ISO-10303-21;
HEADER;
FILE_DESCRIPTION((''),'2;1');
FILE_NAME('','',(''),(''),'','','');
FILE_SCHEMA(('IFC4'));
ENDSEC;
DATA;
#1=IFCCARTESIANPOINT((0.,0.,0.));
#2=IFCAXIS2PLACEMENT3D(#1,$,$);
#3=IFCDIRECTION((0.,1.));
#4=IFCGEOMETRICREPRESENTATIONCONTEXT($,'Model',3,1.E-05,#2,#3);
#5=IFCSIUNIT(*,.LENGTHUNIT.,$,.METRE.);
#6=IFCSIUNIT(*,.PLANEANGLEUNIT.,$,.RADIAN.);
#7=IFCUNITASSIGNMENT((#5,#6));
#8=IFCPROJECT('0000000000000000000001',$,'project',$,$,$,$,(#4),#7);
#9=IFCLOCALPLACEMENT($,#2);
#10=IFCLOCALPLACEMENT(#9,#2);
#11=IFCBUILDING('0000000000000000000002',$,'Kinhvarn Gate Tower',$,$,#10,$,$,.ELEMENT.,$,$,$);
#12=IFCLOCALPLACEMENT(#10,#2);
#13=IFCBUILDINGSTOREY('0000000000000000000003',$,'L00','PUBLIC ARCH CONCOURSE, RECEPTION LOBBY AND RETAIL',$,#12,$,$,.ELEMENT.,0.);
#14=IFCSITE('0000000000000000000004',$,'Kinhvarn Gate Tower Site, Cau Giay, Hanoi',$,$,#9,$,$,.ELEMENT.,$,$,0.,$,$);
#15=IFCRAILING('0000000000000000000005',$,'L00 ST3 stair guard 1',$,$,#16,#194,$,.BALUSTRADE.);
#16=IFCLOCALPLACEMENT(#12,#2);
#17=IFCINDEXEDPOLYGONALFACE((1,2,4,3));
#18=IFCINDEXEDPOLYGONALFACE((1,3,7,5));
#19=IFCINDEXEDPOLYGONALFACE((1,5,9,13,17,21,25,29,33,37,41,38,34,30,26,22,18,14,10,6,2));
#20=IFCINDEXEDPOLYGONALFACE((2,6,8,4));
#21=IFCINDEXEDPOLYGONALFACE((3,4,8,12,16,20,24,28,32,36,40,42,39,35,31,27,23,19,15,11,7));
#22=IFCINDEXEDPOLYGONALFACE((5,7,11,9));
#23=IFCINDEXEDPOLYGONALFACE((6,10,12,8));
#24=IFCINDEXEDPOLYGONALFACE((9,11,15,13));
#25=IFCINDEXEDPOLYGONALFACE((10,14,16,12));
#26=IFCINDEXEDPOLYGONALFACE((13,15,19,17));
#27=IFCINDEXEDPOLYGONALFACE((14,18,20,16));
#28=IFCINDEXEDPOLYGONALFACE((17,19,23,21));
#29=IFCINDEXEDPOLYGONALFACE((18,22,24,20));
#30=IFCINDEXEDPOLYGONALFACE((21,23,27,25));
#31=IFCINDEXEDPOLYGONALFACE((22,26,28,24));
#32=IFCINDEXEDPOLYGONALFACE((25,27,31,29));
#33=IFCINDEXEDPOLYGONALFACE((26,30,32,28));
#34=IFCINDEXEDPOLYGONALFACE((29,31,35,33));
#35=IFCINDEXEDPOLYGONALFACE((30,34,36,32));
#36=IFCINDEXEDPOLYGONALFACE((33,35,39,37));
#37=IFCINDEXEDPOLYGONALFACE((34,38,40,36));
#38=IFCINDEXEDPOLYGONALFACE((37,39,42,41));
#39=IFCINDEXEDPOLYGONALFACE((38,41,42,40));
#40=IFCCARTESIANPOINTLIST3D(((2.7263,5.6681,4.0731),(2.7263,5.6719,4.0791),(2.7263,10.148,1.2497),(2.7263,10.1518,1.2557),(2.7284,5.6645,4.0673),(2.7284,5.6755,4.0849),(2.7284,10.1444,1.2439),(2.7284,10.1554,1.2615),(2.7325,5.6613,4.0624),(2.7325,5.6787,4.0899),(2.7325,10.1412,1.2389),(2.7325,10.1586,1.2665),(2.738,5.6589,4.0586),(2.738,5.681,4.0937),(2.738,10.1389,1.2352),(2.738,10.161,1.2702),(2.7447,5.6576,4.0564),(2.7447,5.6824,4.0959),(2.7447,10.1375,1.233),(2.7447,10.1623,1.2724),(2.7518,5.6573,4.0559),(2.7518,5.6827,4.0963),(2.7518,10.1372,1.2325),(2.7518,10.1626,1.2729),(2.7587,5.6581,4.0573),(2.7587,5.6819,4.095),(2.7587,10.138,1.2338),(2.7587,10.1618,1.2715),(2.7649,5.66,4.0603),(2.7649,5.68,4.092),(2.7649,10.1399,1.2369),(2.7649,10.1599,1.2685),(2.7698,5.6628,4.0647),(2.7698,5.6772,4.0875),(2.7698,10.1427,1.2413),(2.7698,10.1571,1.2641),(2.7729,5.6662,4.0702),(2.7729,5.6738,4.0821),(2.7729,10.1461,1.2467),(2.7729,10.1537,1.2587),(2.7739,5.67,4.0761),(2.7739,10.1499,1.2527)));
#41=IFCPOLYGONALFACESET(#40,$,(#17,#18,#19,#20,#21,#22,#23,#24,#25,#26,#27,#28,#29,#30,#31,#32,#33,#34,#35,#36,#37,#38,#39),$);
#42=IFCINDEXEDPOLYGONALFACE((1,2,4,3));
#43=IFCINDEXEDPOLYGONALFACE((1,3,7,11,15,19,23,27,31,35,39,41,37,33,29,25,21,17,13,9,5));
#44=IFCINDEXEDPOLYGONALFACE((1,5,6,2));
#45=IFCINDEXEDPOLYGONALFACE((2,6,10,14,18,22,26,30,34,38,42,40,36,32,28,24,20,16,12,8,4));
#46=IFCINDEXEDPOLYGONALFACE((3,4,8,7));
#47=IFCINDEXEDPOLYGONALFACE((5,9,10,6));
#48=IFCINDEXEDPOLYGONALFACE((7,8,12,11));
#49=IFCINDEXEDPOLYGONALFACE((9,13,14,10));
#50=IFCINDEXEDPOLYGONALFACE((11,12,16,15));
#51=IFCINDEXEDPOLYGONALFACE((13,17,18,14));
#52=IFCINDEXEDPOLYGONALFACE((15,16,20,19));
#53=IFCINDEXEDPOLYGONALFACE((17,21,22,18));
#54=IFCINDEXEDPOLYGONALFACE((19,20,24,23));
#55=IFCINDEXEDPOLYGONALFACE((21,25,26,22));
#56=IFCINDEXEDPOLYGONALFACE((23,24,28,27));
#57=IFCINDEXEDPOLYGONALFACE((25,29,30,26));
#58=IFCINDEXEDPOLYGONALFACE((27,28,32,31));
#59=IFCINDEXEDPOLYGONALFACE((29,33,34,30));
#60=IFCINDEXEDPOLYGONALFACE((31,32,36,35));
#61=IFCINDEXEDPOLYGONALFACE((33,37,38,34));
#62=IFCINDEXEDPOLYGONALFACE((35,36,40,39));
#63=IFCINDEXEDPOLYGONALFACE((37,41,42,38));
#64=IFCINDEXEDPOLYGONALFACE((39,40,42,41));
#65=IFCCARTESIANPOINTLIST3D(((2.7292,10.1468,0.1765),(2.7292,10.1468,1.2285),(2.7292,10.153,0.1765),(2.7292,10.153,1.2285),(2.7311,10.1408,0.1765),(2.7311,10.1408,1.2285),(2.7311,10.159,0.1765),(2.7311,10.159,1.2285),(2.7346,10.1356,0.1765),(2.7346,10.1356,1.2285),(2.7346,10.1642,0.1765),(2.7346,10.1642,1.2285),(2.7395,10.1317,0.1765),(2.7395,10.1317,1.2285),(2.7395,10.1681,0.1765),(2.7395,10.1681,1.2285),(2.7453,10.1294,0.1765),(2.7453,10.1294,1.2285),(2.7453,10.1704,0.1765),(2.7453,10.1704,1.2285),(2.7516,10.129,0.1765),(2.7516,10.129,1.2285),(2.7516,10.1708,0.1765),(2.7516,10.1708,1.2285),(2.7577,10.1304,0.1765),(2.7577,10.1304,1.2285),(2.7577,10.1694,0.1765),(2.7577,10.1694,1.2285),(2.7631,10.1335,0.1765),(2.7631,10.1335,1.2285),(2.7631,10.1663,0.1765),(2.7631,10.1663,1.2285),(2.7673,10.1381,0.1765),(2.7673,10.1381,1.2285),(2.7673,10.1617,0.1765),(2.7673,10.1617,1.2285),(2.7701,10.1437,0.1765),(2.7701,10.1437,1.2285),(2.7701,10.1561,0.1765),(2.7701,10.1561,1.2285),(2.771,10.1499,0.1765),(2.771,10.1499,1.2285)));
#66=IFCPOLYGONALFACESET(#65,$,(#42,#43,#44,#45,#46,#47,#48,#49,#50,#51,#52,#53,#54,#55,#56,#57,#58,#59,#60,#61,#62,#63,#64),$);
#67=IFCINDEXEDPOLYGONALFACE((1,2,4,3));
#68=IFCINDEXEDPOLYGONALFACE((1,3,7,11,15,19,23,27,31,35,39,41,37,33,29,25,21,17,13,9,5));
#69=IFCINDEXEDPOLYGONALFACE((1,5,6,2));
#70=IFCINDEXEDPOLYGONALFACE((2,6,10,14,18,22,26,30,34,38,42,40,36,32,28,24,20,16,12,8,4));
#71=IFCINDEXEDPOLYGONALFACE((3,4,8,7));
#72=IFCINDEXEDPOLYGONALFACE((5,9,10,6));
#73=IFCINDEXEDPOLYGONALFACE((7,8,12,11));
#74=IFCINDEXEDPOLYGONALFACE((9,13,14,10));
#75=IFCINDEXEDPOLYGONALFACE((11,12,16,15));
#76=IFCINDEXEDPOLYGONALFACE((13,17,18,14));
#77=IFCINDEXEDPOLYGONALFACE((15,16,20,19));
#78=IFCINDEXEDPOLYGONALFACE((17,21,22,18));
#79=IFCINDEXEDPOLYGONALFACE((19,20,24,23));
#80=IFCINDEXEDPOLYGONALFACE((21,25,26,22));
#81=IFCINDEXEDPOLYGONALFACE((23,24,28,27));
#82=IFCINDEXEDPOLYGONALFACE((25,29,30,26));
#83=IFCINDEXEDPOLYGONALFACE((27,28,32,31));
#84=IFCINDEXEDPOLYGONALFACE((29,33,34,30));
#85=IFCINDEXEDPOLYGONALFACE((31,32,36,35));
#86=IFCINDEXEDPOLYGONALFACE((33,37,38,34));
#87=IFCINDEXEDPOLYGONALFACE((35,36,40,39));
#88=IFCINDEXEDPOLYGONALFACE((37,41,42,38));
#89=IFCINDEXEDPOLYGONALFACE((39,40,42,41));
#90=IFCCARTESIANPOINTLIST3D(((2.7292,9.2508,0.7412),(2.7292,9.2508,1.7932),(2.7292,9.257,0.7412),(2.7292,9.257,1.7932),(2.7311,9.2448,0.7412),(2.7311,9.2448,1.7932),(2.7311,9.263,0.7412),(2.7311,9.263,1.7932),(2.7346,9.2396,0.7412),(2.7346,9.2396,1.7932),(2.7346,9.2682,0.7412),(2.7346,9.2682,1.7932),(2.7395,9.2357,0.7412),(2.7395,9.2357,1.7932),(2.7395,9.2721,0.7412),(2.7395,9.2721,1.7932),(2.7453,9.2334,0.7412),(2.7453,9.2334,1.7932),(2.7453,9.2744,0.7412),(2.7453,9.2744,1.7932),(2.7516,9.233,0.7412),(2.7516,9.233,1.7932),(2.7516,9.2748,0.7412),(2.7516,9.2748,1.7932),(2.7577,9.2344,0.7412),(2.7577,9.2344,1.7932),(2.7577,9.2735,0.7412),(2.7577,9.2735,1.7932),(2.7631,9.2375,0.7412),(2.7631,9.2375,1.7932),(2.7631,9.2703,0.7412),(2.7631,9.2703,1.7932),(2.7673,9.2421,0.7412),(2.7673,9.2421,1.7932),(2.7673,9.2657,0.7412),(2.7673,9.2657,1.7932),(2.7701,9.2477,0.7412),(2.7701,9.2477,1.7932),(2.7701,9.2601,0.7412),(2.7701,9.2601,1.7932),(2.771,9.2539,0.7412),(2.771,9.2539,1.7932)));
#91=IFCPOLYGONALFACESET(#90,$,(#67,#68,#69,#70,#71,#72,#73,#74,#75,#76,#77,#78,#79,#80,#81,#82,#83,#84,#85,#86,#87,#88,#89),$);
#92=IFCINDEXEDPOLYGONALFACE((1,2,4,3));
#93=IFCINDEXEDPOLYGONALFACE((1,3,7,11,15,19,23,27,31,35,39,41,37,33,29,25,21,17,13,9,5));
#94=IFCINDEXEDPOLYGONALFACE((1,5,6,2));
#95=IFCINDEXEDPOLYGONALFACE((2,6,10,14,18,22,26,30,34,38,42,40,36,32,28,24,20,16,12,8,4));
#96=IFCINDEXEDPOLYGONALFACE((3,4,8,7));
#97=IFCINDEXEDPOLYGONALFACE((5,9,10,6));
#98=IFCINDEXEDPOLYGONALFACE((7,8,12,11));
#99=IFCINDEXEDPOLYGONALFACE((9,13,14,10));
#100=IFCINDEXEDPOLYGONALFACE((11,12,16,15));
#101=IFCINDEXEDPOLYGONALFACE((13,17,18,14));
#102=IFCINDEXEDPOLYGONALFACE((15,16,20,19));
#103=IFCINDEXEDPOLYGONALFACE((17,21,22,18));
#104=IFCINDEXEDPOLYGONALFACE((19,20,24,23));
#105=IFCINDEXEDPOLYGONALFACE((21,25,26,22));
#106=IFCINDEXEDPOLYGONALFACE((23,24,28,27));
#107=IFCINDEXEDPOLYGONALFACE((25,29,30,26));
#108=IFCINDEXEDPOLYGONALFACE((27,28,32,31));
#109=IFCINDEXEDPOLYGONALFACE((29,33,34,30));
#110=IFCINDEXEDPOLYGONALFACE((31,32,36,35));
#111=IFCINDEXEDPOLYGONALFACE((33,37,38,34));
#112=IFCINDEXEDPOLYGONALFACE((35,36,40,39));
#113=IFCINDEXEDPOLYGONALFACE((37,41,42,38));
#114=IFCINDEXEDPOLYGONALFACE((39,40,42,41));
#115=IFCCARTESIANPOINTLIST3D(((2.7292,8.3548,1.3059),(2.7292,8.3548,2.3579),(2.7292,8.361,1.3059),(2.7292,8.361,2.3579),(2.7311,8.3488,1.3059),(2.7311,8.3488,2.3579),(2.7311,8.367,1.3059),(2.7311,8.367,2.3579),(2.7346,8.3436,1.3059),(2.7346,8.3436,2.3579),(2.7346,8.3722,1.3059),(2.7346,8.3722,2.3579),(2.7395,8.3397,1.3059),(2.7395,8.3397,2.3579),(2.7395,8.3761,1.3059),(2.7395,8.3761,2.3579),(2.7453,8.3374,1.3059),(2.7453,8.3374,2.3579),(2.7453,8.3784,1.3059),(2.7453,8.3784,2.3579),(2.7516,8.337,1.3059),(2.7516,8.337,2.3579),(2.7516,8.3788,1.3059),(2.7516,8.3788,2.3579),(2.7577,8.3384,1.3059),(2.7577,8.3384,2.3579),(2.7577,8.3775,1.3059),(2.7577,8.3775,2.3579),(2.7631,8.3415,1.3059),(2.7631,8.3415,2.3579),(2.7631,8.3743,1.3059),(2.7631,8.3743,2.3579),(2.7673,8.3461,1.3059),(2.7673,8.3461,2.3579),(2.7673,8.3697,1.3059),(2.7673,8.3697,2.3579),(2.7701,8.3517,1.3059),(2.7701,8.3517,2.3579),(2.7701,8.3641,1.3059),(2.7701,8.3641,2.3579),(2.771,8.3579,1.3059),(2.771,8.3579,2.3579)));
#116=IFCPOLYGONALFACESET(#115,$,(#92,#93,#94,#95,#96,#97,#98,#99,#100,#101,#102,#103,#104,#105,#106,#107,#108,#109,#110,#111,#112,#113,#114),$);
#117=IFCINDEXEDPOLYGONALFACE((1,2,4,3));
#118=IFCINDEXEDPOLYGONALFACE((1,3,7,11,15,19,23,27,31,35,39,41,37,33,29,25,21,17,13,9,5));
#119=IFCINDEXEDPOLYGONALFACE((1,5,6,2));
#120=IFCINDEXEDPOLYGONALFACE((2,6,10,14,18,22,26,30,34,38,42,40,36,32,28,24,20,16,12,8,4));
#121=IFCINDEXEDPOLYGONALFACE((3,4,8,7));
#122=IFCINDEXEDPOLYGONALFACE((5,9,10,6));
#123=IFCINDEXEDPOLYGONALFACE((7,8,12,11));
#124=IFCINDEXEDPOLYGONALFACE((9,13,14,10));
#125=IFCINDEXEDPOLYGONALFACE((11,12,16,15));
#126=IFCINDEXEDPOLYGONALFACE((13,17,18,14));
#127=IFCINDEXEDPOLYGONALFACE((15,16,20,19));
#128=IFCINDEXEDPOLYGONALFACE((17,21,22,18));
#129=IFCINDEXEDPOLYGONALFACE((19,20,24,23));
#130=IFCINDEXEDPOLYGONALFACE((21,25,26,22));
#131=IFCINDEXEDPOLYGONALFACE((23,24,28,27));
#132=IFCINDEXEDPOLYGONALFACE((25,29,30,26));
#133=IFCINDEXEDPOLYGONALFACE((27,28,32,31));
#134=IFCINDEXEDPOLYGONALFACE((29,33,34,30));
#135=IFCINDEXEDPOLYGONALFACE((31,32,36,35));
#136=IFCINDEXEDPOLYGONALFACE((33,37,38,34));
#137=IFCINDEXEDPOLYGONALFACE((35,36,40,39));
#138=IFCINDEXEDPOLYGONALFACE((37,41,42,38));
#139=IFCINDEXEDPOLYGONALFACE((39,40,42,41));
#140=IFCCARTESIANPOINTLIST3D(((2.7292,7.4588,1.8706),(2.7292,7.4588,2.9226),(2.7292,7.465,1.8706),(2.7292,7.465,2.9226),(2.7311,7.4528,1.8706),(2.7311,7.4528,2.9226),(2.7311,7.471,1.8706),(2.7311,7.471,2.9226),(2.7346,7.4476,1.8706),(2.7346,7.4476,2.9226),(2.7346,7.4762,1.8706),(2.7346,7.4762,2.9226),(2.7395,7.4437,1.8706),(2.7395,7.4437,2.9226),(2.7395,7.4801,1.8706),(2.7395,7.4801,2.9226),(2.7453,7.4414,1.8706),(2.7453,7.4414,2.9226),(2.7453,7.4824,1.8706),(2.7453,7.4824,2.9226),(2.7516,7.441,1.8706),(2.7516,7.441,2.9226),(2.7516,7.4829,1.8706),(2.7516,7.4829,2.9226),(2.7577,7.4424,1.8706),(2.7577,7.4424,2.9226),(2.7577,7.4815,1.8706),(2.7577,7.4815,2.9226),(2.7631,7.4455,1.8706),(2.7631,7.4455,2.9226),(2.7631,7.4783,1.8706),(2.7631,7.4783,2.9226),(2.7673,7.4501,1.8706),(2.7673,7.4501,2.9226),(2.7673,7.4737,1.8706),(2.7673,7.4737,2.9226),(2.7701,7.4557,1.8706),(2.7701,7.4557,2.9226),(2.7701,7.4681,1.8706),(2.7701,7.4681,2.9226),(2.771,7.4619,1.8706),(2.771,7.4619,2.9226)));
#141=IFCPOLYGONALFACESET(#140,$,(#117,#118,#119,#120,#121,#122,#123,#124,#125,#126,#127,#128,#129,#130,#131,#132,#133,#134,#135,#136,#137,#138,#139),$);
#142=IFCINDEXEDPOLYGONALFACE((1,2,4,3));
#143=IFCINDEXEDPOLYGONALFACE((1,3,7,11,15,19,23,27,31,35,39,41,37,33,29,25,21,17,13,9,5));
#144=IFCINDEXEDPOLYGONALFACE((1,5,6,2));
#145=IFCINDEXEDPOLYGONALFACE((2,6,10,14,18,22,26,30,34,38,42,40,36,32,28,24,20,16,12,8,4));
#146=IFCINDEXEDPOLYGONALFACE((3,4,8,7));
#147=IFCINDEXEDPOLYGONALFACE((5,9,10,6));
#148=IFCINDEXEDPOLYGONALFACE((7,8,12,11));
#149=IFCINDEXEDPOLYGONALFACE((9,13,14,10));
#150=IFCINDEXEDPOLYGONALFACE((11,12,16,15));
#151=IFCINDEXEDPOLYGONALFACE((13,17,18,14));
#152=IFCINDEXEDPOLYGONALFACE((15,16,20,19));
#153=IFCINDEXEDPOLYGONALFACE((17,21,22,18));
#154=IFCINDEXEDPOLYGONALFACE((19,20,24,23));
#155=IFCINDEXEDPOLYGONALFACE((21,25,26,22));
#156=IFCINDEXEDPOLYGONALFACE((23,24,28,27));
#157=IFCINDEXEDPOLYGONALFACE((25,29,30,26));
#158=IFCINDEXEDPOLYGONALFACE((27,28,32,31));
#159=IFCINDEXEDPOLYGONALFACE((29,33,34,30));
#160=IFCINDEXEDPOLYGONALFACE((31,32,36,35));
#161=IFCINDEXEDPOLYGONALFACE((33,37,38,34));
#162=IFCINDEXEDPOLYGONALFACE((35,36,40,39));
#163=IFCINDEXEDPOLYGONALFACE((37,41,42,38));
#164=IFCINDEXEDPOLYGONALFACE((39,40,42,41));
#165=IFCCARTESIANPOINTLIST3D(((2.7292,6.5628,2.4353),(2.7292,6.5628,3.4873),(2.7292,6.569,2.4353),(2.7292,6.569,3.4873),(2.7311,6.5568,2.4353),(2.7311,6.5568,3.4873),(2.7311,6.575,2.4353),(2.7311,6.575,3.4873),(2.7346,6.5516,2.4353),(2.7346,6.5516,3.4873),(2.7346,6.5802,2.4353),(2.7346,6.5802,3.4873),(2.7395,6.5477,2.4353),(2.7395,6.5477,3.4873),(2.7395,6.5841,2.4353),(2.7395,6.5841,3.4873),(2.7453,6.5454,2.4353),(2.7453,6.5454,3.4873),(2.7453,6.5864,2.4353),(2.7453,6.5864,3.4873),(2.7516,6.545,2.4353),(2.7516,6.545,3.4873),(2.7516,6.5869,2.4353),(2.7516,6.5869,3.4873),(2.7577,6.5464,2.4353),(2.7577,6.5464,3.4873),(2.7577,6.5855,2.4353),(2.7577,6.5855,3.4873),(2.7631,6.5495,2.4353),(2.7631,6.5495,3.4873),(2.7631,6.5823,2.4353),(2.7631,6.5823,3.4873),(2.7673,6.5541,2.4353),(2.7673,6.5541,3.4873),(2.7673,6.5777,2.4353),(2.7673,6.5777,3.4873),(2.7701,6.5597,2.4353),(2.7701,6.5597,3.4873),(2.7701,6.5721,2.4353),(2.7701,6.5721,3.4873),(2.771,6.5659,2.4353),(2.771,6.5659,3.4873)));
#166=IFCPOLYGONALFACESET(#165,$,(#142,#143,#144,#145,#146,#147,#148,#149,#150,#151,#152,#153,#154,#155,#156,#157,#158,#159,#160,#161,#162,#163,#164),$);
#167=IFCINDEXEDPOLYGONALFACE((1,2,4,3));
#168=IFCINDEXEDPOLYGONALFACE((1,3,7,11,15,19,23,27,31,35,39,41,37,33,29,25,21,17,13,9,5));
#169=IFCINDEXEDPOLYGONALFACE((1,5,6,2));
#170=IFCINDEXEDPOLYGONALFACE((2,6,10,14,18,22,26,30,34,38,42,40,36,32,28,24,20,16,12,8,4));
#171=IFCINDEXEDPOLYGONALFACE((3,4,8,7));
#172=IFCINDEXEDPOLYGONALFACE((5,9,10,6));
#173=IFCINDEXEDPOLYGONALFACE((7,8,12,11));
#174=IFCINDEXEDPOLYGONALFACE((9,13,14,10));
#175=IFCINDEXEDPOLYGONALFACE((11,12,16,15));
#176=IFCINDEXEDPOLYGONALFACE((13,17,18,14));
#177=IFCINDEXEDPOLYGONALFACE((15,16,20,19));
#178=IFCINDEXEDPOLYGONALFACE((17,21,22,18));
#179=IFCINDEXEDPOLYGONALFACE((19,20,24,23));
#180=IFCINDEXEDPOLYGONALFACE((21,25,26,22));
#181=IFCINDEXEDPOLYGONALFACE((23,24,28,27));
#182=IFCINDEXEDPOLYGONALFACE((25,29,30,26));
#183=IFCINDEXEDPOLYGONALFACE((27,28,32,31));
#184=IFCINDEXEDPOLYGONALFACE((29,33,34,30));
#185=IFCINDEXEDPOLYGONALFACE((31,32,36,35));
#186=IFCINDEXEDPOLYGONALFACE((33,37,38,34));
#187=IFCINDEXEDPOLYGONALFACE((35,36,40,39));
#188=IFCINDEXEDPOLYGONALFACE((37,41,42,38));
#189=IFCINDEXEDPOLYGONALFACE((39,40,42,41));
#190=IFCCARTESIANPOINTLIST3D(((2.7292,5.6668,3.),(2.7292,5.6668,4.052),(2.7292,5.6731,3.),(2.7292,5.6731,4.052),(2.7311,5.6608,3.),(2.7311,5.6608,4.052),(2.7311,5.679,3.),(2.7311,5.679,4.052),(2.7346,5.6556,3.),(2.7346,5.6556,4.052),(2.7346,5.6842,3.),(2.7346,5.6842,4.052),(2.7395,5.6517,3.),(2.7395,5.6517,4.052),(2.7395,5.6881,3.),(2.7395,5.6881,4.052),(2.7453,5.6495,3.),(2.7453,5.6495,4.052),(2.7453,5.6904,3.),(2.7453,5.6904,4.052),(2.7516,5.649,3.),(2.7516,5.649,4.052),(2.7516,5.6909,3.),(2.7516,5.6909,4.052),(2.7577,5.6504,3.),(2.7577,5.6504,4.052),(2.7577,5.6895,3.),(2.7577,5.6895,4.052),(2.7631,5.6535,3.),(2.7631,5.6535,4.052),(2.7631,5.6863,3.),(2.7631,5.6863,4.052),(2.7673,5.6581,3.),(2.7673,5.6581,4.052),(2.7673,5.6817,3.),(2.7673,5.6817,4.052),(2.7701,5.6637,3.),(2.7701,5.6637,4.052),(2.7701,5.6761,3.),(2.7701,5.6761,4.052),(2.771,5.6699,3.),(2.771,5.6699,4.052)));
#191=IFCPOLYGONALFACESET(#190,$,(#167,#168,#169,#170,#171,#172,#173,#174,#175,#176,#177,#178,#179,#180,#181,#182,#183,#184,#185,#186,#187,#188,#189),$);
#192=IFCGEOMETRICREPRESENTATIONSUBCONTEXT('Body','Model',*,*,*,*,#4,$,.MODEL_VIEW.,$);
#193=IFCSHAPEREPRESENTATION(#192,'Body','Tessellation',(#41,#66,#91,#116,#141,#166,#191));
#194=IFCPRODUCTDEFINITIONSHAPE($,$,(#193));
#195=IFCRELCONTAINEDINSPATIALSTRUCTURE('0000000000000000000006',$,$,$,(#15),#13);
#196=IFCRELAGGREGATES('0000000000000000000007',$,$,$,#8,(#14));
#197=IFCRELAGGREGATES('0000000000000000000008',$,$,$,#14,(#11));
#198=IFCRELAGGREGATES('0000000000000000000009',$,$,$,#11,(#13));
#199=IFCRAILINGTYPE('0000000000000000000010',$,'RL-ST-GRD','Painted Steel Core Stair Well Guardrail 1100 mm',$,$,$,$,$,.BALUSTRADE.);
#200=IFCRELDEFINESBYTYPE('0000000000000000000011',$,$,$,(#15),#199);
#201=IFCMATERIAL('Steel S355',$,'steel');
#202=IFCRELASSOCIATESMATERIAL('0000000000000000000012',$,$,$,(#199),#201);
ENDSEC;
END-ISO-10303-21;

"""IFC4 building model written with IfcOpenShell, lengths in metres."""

from ifc_helpers import new_model, si_unit, direction, frame, origin, origin_2d, place, context, subcontext, project, spatial, circle, extrude, material, type_object, element, save


model = new_model("IFC4")

# Units and contexts
model_context = context("Model", 3, precision=1e-05, world=origin(), true_north=direction((0.0, 1.0)))
body_context = subcontext(model_context, "Body", "Model", "MODEL_VIEW")
ifc_project = project(units=[si_unit("LENGTHUNIT", "METRE"), si_unit("PLANEANGLEUNIT", "RADIAN")], contexts=[model_context])

# Site, building, storey
site_placement = place(None, origin())
site = spatial("IfcSite", under=ifc_project, at=site_placement, Name="Kinhvarn Gate Tower Site, Cau Giay, Hanoi", CompositionType="ELEMENT", RefElevation=0.0)
building_placement = place(site_placement, origin())
building = spatial("IfcBuilding", under=site, at=building_placement, Name="Kinhvarn Gate Tower", CompositionType="ELEMENT")
storey_placement = place(building_placement, origin())
storey = spatial("IfcBuildingStorey", under=building, at=storey_placement, Name="L00", Description="PUBLIC ARCH CONCOURSE, RECEPTION LOBBY AND RETAIL", CompositionType="ELEMENT", Elevation=0.0)

# Railing
ifc_material_1 = material(Name="Steel S355", Category="steel")
railing_type_1 = type_object("IfcRailingType", Name="RL-ST-GRD", Description="Painted Steel Core Stair Well Guardrail 1100 mm", PredefinedType="BALUSTRADE", material=ifc_material_1)
railing_1_placement = place(storey_placement, frame((2.75, 10.1499, 0.1765)))
element("IfcRailing", 1, at=railing_1_placement, inside=storey, type_object=railing_type_1, Name="L00 ST3 stair guard 1", PredefinedType="BALUSTRADE", context=body_context, shape_type="SweptSolid", body=[
    extrude(circle(Radius=0.0239, at=origin_2d()), frame((0.0, 0.0, 1.0762), z_axis=(0.0, -0.845998, 0.533186), x_axis=(1.0, 0.0, 0.0)), (0.0, 0.0, 1.0), 5.2954),
    extrude(circle(Radius=0.021, at=origin_2d()), origin(), (0.0, 0.0, 1.0), 1.052),
    extrude(circle(Radius=0.021, at=origin_2d()), frame((0.0, -0.896, 0.5647)), (0.0, 0.0, 1.0), 1.052),
    extrude(circle(Radius=0.021, at=origin_2d()), frame((0.0, -1.792, 1.1294)), (0.0, 0.0, 1.0), 1.052),
    extrude(circle(Radius=0.021, at=origin_2d()), frame((0.0, -2.688, 1.6941)), (0.0, 0.0, 1.0), 1.052),
    extrude(circle(Radius=0.021, at=origin_2d()), frame((0.0, -3.584, 2.2588)), (0.0, 0.0, 1.0), 1.052),
    extrude(circle(Radius=0.021, at=origin_2d()), frame((0.0, -4.48, 2.8235)), (0.0, 0.0, 1.0), 1.052),
])

save(model, "model.ifc")
